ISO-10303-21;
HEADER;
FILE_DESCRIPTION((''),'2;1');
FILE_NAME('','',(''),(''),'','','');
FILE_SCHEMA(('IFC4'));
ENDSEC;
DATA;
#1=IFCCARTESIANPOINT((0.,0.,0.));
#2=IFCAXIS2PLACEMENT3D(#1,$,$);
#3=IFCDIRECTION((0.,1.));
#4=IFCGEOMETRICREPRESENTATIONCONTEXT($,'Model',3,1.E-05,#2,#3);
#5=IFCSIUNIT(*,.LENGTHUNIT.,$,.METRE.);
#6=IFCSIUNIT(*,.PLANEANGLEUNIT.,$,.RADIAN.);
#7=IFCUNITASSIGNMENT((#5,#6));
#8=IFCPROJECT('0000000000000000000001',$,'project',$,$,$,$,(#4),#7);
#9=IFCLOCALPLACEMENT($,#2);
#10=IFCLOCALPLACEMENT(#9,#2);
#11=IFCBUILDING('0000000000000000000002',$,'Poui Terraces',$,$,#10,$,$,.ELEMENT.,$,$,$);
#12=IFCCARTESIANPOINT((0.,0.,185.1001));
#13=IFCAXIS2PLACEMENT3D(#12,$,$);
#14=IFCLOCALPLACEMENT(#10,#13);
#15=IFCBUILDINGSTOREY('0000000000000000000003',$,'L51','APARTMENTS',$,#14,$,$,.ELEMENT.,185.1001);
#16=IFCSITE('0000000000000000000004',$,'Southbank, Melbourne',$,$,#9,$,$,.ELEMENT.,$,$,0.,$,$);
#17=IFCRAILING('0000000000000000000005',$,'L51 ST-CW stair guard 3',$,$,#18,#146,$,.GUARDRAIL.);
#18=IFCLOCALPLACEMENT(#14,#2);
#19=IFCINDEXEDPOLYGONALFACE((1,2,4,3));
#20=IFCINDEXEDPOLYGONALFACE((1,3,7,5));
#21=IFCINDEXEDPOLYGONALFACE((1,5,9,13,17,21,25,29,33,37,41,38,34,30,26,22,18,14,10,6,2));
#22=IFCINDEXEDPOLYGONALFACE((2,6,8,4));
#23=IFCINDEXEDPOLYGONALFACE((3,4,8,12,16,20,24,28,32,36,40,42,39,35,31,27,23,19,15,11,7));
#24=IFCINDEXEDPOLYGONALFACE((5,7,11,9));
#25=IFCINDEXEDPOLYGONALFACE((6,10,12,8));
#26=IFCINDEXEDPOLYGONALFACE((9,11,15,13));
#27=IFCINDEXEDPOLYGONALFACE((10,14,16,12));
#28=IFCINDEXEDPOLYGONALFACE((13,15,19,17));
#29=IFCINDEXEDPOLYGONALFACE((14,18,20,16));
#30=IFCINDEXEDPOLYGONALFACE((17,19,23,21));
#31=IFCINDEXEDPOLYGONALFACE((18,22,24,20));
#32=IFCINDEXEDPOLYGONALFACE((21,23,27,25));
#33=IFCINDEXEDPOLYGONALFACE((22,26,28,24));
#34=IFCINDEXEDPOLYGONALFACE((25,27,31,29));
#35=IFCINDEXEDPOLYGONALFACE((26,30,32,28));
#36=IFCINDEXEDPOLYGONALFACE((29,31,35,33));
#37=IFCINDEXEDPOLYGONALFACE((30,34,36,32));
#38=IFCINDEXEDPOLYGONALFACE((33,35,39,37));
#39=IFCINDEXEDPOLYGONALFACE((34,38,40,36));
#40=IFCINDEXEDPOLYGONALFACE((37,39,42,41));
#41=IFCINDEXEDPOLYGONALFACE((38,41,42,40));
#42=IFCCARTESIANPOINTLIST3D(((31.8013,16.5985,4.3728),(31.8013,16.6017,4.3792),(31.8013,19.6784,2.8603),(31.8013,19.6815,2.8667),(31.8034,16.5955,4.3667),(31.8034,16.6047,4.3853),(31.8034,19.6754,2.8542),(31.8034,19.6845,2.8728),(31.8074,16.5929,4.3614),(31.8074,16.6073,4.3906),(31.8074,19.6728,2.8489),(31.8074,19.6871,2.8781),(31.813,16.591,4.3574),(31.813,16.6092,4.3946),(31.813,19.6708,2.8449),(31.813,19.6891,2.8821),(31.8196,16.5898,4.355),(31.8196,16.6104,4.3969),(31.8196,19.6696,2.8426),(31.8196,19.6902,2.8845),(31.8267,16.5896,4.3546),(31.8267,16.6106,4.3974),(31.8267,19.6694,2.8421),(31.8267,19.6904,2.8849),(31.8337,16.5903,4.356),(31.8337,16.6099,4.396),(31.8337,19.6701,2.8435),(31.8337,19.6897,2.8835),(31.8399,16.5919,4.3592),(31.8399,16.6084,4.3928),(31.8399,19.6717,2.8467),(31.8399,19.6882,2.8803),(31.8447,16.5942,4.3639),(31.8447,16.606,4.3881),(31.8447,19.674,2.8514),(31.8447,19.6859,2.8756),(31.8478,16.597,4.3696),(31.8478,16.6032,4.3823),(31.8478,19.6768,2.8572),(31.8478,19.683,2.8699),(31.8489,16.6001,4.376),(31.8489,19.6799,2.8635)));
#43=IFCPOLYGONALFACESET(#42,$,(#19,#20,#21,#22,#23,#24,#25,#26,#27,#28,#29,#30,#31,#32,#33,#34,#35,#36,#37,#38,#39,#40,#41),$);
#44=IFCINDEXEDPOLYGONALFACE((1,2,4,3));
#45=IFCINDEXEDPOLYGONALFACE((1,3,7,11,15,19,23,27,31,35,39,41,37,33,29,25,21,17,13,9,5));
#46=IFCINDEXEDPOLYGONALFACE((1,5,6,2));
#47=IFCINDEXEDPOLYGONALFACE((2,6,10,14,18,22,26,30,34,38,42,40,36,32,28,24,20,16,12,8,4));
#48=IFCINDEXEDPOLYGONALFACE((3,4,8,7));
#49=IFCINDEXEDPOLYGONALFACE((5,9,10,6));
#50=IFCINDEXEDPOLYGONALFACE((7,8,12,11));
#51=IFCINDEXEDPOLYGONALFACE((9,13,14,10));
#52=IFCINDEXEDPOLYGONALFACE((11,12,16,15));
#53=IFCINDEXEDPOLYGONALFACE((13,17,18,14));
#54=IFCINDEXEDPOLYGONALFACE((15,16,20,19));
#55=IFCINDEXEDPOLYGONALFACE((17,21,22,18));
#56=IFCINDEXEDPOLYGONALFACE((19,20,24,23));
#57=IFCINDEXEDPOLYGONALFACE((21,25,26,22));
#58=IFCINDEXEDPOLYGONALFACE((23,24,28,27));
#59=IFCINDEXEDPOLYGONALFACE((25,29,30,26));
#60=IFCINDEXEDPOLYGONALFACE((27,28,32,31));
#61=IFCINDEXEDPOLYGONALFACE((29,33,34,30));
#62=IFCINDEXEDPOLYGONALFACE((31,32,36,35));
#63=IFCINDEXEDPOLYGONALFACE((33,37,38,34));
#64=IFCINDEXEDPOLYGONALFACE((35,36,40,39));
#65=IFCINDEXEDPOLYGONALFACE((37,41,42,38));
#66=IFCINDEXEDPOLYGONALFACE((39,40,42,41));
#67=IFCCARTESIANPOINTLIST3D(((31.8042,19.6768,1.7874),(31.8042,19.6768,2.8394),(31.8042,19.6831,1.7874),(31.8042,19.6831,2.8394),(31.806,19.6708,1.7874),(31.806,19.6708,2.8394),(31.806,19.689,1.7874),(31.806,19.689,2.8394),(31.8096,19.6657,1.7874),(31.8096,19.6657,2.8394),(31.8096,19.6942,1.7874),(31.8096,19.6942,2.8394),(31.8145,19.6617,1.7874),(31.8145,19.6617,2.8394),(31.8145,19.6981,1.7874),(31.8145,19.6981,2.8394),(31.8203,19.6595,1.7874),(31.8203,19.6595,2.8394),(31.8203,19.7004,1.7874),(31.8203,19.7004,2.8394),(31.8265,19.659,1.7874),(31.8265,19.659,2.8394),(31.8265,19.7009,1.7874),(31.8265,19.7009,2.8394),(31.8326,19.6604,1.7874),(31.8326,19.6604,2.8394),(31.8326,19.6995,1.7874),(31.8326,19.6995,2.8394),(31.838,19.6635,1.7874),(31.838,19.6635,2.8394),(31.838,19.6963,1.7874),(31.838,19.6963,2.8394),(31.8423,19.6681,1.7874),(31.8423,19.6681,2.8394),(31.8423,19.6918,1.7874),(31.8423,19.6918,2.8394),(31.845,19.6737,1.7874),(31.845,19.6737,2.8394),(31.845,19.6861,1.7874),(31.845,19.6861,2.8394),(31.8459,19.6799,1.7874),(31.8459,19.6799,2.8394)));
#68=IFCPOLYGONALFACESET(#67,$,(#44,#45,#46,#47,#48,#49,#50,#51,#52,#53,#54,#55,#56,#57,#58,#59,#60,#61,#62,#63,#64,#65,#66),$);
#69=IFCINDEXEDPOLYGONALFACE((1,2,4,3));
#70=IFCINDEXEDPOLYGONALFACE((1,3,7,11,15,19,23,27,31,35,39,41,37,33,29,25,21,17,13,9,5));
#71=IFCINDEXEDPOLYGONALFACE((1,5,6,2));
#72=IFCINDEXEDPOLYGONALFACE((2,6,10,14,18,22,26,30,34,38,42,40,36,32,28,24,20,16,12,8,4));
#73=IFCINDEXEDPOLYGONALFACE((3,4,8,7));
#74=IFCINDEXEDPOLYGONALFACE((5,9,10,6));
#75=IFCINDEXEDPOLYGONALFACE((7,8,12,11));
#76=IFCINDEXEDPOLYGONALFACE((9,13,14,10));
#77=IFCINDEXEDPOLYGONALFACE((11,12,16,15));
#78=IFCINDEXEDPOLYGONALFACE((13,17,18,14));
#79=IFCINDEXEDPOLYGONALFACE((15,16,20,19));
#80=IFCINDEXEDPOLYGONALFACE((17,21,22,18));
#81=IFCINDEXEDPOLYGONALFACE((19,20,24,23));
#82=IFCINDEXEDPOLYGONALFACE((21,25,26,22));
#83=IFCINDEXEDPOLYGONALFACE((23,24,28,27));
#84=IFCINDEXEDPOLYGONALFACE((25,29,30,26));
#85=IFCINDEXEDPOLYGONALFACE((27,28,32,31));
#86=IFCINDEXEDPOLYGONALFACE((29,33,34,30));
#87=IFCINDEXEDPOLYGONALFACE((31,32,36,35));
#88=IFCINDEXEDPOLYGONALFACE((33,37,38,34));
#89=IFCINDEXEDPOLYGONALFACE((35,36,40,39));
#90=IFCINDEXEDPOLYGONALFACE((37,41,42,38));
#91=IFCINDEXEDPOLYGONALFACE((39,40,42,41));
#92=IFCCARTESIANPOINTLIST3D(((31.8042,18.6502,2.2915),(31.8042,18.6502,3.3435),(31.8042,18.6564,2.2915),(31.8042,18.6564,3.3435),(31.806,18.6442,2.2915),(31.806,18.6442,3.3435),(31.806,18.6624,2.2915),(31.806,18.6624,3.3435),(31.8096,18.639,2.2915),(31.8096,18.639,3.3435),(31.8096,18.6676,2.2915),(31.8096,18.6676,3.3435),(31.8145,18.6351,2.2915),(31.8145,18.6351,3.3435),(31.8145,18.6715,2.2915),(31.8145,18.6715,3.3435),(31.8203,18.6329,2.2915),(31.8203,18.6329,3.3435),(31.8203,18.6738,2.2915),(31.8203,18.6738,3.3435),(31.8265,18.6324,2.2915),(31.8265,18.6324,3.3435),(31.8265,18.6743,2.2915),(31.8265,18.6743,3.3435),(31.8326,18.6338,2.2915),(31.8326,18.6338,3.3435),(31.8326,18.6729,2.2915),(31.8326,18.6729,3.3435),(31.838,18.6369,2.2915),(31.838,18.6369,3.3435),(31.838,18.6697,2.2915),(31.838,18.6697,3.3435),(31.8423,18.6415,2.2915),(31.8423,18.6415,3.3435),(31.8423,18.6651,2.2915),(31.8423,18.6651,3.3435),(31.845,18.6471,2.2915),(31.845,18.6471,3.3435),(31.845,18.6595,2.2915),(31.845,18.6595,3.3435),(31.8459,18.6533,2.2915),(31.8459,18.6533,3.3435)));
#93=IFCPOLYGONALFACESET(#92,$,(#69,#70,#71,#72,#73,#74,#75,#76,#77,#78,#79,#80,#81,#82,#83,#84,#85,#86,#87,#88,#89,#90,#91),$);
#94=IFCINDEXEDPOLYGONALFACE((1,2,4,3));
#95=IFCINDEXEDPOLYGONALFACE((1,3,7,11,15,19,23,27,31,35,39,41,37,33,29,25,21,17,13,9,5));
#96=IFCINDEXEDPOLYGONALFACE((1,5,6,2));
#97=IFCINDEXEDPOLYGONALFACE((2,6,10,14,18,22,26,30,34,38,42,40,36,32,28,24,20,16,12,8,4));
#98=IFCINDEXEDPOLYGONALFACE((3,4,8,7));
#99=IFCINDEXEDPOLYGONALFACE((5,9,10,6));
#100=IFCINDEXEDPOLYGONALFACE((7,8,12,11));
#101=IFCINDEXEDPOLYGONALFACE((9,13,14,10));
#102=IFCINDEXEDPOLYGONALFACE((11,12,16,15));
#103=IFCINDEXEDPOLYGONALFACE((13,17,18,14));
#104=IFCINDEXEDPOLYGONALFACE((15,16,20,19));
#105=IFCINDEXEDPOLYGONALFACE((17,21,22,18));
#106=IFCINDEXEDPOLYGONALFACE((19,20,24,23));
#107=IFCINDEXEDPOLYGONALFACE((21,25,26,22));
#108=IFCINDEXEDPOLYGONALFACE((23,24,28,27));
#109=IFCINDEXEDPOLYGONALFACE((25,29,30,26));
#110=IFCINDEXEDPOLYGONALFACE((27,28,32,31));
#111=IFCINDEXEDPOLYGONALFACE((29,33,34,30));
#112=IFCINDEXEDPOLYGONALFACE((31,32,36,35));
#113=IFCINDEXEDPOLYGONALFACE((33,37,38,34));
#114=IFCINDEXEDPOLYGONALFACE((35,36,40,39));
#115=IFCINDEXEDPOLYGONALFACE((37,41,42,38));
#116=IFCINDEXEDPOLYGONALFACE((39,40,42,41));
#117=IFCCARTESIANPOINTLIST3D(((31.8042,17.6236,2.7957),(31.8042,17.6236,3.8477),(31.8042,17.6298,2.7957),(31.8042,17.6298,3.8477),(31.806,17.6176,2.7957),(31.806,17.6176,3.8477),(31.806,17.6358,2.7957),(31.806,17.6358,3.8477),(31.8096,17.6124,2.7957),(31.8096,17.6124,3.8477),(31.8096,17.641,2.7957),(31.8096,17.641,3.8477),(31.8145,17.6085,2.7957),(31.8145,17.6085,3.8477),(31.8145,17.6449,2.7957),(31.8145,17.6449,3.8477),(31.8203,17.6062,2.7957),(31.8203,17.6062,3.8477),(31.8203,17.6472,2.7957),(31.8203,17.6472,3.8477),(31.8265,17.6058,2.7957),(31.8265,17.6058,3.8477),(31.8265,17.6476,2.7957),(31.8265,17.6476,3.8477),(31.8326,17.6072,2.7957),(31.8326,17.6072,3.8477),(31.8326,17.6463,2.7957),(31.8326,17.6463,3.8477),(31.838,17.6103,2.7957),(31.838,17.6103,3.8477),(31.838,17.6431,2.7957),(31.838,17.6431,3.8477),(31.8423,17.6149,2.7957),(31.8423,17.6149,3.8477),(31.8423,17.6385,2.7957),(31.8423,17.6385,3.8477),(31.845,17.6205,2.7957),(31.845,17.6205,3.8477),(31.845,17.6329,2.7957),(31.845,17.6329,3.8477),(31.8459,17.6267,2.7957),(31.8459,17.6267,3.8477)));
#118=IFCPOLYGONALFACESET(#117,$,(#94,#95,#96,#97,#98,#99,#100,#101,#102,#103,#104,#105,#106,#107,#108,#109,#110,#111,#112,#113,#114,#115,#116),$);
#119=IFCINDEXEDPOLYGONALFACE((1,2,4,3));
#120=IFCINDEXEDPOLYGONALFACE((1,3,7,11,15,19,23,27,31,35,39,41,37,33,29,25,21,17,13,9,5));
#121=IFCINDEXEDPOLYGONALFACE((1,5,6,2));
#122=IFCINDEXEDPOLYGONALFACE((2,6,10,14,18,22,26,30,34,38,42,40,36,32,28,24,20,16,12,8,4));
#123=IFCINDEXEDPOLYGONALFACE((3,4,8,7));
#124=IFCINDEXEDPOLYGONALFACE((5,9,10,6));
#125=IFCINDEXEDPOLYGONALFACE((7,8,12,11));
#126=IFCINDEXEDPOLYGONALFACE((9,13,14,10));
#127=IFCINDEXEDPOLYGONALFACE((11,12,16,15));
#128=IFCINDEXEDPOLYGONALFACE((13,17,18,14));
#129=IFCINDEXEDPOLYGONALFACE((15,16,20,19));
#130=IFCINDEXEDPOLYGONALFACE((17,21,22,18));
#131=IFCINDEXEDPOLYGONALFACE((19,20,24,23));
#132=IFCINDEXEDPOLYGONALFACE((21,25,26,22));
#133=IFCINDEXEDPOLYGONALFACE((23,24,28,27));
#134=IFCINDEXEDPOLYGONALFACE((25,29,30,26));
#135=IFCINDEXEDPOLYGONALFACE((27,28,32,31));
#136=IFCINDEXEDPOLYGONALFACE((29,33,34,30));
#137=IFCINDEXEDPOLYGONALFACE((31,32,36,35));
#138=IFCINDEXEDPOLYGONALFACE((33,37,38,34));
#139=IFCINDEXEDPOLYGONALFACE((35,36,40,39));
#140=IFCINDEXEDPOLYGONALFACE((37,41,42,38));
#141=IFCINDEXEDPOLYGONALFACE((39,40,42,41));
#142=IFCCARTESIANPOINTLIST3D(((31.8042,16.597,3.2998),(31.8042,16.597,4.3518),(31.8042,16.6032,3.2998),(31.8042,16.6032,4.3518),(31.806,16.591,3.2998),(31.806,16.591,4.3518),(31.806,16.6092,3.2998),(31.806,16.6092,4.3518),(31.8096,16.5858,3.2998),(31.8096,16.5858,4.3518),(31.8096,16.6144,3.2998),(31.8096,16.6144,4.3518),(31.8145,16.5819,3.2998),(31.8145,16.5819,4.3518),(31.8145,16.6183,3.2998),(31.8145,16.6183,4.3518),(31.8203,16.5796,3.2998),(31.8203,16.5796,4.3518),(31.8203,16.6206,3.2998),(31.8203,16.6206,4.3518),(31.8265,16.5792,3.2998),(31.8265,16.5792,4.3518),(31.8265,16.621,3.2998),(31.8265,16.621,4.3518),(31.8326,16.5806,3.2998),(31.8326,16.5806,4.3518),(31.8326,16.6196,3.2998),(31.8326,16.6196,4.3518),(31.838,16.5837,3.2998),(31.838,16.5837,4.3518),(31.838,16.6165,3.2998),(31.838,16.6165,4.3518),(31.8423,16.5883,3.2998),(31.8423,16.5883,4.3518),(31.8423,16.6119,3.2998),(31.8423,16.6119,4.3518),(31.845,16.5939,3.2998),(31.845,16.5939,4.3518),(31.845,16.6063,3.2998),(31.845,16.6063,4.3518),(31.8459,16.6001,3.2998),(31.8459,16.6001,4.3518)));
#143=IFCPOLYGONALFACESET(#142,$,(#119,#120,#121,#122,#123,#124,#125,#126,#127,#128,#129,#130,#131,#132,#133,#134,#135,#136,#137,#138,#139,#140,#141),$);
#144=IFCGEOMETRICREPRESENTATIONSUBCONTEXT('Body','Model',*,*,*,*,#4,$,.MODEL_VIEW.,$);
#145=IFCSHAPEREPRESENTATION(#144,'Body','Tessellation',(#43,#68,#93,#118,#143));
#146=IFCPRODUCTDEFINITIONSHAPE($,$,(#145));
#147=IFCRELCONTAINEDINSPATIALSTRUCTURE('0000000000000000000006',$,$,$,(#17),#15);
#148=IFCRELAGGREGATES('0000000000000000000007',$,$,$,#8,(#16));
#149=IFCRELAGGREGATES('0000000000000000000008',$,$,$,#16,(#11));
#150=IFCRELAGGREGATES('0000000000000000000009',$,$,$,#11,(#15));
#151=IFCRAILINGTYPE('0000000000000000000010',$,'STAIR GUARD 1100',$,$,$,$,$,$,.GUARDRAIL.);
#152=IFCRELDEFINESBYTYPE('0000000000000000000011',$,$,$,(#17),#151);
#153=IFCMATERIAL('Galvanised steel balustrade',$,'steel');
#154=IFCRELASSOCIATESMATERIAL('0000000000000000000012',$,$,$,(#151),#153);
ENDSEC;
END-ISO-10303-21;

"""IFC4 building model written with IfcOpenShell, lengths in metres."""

from ifc_helpers import new_model, si_unit, direction, frame, origin, origin_2d, place, context, subcontext, project, spatial, circle, extrude, material, type_object, element, save


model = new_model("IFC4")

# Units and contexts
model_context = context("Model", 3, precision=1e-05, world=origin(), true_north=direction((0.0, 1.0)))
body_context = subcontext(model_context, "Body", "Model", "MODEL_VIEW")
ifc_project = project(units=[si_unit("LENGTHUNIT", "METRE"), si_unit("PLANEANGLEUNIT", "RADIAN")], contexts=[model_context])

# Site, building, storey
site_placement = place(None, origin())
site = spatial("IfcSite", under=ifc_project, at=site_placement, Name="Southbank, Melbourne", CompositionType="ELEMENT", RefElevation=0.0)
building_placement = place(site_placement, origin())
building = spatial("IfcBuilding", under=site, at=building_placement, Name="Poui Terraces", CompositionType="ELEMENT")
storey_placement = place(building_placement, frame((0.0, 0.0, 185.1001)))
storey = spatial("IfcBuildingStorey", under=building, at=storey_placement, Name="L51", Description="APARTMENTS", CompositionType="ELEMENT", Elevation=185.1001)

# Railing
ifc_material_1 = material(Name="Galvanised steel balustrade", Category="steel")
railing_type_1 = type_object("IfcRailingType", Name="STAIR GUARD 1100", PredefinedType="GUARDRAIL", material=ifc_material_1)
railing_1_placement = place(storey_placement, frame((31.825, 19.6799, 1.7874)))
element("IfcRailing", 1, at=railing_1_placement, inside=storey, type_object=railing_type_1, Name="L51 ST-CW stair guard 3", PredefinedType="GUARDRAIL", context=body_context, shape_type="SweptSolid", body=[
    extrude(circle(Radius=0.0239, at=origin_2d()), frame((0.0, 0.0, 1.0762), z_axis=(0.0, -0.897606, 0.440798), x_axis=(1.0, 0.0, 0.0)), (0.0, 0.0, 1.0), 3.4312),
    extrude(circle(Radius=0.021, at=origin_2d()), origin(), (0.0, 0.0, 1.0), 1.052),
    extrude(circle(Radius=0.021, at=origin_2d()), frame((0.0, -1.0266, 0.5042)), (0.0, 0.0, 1.0), 1.052),
    extrude(circle(Radius=0.021, at=origin_2d()), frame((0.0, -2.0532, 1.0083)), (0.0, 0.0, 1.0), 1.052),
    extrude(circle(Radius=0.021, at=origin_2d()), frame((0.0, -3.0798, 1.5125)), (0.0, 0.0, 1.0), 1.052),
])

save(model, "model.ifc")
